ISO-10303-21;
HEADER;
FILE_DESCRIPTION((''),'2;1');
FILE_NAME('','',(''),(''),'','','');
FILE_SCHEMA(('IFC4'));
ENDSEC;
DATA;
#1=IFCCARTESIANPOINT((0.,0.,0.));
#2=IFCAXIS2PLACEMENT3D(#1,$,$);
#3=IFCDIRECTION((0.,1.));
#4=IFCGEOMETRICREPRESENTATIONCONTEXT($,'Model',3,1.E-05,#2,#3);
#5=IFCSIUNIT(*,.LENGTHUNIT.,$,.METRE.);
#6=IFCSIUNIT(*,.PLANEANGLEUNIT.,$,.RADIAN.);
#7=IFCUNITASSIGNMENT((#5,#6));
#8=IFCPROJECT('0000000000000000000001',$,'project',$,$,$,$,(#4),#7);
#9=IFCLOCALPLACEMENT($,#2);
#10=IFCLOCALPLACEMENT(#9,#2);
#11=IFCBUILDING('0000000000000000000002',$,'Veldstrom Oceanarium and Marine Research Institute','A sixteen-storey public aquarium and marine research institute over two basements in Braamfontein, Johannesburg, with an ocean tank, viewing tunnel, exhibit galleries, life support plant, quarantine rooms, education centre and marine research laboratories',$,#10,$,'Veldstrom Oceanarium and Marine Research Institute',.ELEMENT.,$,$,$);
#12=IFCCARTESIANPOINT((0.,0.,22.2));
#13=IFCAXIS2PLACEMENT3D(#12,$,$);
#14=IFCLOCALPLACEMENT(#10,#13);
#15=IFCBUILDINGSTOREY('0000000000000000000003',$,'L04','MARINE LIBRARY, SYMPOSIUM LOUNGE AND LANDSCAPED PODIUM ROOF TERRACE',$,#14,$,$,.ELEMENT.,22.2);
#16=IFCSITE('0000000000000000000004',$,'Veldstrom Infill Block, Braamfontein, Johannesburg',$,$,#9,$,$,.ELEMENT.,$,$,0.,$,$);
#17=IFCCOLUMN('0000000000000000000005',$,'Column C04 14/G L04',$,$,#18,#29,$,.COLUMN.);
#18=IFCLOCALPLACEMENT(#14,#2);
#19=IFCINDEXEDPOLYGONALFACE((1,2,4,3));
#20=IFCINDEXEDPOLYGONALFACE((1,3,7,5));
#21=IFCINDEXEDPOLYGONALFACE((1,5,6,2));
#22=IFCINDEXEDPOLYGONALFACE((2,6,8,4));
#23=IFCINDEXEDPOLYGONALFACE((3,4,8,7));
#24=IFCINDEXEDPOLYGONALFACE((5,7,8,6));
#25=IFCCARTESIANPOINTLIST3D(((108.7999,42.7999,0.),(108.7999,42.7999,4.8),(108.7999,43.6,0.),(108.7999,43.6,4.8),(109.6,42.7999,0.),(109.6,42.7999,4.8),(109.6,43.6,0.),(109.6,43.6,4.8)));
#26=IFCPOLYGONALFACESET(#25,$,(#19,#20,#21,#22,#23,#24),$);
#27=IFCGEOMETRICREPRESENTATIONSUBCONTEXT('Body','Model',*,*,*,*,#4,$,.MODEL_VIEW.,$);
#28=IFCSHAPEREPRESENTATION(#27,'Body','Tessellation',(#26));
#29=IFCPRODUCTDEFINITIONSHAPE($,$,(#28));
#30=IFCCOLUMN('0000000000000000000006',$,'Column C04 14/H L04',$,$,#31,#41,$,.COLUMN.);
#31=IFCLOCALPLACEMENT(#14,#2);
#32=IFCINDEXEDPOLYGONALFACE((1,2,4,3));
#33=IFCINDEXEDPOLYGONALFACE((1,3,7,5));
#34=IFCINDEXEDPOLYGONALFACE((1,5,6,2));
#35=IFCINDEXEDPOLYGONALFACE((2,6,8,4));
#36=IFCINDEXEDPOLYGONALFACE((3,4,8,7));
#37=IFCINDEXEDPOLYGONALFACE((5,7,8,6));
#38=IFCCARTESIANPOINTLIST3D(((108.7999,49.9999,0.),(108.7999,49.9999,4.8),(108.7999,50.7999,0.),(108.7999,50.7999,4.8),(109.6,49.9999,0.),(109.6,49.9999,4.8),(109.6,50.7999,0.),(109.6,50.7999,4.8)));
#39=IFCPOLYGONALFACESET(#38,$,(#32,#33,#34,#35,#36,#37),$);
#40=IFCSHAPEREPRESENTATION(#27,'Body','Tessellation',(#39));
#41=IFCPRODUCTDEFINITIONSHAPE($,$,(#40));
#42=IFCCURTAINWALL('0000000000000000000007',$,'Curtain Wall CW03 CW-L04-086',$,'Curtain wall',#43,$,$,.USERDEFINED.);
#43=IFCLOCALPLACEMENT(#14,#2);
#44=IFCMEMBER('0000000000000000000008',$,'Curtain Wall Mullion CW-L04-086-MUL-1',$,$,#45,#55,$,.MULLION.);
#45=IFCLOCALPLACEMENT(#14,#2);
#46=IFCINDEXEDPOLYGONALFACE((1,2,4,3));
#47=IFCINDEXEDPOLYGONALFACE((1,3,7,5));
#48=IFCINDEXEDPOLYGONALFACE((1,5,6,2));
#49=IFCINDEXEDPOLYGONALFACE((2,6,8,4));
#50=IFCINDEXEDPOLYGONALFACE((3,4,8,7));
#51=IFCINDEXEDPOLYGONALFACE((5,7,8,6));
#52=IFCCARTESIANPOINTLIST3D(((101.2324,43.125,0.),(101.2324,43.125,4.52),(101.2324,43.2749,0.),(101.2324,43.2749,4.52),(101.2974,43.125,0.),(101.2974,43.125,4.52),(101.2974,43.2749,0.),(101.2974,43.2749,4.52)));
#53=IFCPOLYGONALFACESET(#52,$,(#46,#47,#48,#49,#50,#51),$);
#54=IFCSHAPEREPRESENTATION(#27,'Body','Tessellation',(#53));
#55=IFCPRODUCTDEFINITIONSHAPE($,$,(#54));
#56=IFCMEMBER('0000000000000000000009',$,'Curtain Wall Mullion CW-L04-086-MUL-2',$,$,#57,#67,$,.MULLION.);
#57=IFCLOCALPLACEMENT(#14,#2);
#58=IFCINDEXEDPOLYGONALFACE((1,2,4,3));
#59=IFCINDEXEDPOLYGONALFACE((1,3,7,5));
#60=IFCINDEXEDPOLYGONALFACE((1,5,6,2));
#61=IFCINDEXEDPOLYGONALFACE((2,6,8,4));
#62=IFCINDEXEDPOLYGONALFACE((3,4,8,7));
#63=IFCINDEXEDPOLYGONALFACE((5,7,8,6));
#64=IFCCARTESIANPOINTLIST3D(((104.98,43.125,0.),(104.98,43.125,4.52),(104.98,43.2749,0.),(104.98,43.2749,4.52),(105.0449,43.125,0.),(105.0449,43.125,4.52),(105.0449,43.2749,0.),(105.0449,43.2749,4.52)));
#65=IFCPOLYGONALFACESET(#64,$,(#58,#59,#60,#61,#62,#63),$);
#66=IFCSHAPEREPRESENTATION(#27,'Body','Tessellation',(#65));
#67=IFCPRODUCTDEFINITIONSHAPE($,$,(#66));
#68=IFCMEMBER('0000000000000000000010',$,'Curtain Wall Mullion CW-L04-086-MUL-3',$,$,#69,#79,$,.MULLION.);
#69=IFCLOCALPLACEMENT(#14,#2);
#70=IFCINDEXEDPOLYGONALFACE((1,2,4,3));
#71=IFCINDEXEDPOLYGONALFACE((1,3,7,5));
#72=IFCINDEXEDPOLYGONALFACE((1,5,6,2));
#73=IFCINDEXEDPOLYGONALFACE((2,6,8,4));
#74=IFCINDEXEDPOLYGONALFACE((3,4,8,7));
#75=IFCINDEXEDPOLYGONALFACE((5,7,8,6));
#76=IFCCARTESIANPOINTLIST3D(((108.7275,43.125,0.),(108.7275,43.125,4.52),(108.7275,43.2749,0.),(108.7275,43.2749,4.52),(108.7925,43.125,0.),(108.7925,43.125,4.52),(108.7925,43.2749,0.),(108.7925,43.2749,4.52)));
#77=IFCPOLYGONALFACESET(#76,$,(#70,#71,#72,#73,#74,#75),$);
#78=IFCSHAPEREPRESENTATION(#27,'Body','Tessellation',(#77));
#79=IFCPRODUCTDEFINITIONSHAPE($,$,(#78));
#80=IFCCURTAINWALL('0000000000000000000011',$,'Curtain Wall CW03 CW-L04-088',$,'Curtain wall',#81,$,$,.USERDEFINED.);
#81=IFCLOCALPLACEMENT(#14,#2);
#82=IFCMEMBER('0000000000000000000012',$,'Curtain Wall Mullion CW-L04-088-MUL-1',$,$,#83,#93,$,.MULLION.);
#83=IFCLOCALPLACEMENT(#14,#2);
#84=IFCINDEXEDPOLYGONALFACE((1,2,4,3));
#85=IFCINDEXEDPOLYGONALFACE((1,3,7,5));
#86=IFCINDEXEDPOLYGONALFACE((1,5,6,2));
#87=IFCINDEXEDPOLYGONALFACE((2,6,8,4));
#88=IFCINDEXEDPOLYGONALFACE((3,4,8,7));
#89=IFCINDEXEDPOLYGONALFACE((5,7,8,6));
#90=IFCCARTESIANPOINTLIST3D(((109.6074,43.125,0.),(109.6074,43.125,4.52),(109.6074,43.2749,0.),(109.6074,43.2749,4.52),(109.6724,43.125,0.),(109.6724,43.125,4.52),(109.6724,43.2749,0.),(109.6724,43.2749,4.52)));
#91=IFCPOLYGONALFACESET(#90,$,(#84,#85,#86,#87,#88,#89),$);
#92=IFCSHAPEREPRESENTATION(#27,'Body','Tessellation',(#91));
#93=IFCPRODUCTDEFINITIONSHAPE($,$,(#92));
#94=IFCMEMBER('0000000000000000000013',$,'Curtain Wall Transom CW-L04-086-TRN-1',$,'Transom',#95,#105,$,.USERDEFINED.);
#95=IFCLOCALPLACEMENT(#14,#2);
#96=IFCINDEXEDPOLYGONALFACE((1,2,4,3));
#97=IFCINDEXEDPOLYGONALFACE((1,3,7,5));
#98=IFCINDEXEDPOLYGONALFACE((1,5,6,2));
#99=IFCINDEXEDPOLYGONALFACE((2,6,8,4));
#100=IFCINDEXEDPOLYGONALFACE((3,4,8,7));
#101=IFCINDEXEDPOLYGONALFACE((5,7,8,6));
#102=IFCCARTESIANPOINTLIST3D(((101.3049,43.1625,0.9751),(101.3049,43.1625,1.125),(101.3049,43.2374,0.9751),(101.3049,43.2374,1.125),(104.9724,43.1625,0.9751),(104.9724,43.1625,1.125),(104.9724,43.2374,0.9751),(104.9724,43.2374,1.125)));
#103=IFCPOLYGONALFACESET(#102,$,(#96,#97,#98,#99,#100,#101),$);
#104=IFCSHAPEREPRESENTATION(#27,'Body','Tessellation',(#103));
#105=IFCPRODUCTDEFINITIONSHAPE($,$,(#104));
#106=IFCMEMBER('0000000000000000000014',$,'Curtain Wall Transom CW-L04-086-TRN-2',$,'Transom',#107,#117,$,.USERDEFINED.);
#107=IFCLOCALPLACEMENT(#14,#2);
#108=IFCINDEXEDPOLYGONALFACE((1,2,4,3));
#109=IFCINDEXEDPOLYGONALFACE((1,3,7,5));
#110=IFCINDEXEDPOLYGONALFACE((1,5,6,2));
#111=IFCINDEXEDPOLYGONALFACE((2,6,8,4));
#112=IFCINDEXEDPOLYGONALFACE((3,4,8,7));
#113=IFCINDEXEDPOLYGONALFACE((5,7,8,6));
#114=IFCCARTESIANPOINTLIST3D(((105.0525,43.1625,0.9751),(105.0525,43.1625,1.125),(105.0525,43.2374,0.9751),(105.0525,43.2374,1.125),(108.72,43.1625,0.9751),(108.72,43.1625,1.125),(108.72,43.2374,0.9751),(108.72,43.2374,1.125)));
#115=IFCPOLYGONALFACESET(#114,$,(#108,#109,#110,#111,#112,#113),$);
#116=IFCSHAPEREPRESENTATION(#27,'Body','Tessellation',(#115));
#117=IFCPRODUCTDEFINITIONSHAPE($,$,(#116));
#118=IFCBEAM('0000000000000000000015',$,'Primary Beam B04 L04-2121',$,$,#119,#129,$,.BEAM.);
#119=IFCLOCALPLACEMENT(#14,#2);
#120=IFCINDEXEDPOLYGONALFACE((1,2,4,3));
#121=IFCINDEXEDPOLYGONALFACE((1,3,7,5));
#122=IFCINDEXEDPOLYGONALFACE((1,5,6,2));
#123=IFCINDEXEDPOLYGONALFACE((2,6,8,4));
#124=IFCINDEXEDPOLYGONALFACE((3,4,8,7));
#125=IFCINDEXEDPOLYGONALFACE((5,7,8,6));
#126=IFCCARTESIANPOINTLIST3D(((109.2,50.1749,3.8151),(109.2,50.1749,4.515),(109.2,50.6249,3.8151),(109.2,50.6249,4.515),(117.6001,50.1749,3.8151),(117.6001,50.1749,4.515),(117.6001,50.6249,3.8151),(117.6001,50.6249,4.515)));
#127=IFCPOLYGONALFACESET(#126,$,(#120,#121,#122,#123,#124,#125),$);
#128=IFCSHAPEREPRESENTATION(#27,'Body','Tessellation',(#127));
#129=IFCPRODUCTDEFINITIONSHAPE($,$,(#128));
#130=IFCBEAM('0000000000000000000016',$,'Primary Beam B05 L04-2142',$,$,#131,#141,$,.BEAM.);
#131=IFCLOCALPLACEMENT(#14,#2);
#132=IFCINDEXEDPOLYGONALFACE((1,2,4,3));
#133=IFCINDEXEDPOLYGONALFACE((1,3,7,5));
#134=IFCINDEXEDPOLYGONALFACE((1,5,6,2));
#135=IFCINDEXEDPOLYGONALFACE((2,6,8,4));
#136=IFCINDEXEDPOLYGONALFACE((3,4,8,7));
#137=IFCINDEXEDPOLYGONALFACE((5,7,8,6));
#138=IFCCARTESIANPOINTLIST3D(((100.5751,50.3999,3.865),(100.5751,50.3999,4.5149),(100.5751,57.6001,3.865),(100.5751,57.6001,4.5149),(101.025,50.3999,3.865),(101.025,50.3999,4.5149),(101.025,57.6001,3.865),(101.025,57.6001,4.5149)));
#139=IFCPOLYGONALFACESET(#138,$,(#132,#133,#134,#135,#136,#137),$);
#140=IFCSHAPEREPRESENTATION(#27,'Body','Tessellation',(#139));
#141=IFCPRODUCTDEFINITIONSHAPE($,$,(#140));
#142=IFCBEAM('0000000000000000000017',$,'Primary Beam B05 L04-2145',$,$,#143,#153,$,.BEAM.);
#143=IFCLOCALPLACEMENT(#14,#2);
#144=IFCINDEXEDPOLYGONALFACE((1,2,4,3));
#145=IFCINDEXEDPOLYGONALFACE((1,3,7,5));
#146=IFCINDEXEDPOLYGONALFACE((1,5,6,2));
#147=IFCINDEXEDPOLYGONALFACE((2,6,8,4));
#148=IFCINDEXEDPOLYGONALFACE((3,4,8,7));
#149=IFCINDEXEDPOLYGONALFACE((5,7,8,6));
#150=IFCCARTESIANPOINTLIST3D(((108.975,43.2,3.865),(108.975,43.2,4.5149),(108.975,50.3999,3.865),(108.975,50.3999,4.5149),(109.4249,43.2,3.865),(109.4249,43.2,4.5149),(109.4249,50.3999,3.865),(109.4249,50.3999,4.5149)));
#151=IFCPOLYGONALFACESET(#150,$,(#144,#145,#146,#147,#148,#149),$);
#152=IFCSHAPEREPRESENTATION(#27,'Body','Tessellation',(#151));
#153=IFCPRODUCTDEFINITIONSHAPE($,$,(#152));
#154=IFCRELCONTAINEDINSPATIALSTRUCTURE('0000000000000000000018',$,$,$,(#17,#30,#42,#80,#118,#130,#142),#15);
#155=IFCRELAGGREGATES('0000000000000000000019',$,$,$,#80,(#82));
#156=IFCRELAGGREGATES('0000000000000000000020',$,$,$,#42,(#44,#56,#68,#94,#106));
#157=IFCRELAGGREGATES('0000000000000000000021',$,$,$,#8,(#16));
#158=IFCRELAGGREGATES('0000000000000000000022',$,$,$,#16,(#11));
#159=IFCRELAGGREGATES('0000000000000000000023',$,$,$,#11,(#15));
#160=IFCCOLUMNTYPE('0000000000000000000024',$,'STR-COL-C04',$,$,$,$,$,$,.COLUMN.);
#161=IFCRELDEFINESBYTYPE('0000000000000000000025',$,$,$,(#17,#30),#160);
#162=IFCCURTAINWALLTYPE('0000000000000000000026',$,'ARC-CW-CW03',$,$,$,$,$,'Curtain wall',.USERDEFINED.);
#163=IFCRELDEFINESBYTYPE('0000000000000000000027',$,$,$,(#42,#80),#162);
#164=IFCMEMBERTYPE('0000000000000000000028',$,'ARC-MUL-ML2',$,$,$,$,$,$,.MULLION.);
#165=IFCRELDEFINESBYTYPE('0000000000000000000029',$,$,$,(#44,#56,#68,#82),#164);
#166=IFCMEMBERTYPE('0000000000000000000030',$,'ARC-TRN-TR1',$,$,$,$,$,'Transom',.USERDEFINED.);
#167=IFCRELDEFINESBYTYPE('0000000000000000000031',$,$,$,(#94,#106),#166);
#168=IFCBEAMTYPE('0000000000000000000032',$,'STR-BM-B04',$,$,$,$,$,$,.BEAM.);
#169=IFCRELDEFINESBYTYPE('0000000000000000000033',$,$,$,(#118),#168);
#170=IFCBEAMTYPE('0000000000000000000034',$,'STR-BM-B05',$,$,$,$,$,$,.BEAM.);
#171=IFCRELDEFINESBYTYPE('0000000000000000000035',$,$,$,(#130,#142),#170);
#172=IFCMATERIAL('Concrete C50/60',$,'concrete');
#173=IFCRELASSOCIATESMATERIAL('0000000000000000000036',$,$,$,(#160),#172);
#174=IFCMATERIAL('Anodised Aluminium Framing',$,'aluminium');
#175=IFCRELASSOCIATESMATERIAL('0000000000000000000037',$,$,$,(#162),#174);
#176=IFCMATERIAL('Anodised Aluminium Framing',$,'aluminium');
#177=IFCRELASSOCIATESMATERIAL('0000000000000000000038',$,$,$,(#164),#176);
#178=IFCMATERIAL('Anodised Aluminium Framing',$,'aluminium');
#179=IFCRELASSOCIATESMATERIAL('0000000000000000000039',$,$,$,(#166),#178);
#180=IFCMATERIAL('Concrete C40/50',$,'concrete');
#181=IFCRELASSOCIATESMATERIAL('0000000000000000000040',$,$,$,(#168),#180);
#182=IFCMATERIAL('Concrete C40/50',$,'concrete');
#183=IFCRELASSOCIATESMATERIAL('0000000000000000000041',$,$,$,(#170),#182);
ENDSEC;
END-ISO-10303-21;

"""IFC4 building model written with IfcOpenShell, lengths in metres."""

from ifc_helpers import new_model, si_unit, direction, frame, origin, origin_2d, place, context, subcontext, project, spatial, rectangle, extrude, material, material_profile, profile_set, type_object, element, aggregate, save


model = new_model("IFC4")

# Units and contexts
model_context = context("Model", 3, precision=1e-05, world=origin(), true_north=direction((0.0, 1.0)))
body_context = subcontext(model_context, "Body", "Model", "MODEL_VIEW")
ifc_project = project(units=[si_unit("LENGTHUNIT", "METRE"), si_unit("PLANEANGLEUNIT", "RADIAN")], contexts=[model_context])

# Site, building, storey
site_placement = place(None, origin())
site = spatial("IfcSite", under=ifc_project, at=site_placement, Name="Veldstrom Infill Block, Braamfontein, Johannesburg", CompositionType="ELEMENT", RefElevation=0.0)
building_placement = place(site_placement, origin())
building = spatial("IfcBuilding", under=site, at=building_placement, Name="Veldstrom Oceanarium and Marine Research Institute", Description="A sixteen-storey public aquarium and marine research institute over two basements in Braamfontein, Johannesburg, with an ocean tank, viewing tunnel, exhibit galleries, life support plant, quarantine rooms, education centre and marine research laboratories", LongName="Veldstrom Oceanarium and Marine Research Institute", CompositionType="ELEMENT")
storey_placement = place(building_placement, frame((0.0, 0.0, 22.2)))
storey = spatial("IfcBuildingStorey", under=building, at=storey_placement, Name="L04", Description="MARINE LIBRARY, SYMPOSIUM LOUNGE AND LANDSCAPED PODIUM ROOF TERRACE", CompositionType="ELEMENT", Elevation=22.2)

# Columns
ifc_material_1 = material(Name="Concrete C50/60", Category="concrete")
ifc_material_profile_1 = material_profile(ifc_material_1, rectangle(XDim=0.8, YDim=0.8, at=origin_2d()), Name="RC-COL-800x800")
ifc_profile_set_1 = profile_set([ifc_material_profile_1], Name="Concrete C50/60")
column_type = type_object("IfcColumnType", Name="STR-COL-C04", PredefinedType="COLUMN", material=ifc_profile_set_1)
for number, where, z_axis, x_axis, name in (
    (1, (109.2, 43.2, 0.0), (0.0, 0.0, 1.0), (1.0, 0.0, 0.0), "Column C04 14/G L04"),
    (2, (109.2, 50.3999, 0.0), (0.0, 0.0, 1.0), (1.0, 0.0, 0.0), "Column C04 14/H L04"),
):
    element("IfcColumn", number, at=place(storey_placement, frame(where, z_axis=z_axis, x_axis=x_axis)), inside=storey, type_object=column_type, Name=name, PredefinedType="COLUMN", context=body_context, shape_type="SweptSolid", body=[
        extrude(rectangle(XDim=0.8, YDim=0.8, at=origin_2d()), origin(), (0.0, 0.0, 1.0), 4.8),
    ])

# Curtain wall, members
ifc_material_2 = material(Name="Anodised Aluminium Framing", Category="aluminium")
curtain_wall_type = type_object("IfcCurtainWallType", Name="ARC-CW-CW03", ElementType="Curtain wall", PredefinedType="USERDEFINED", material=ifc_material_2)
curtain_wall_1_placement = place(storey_placement, origin())
curtain_wall_1 = element("IfcCurtainWall", 3, at=curtain_wall_1_placement, inside=storey, type_object=curtain_wall_type, Name="Curtain Wall CW03 CW-L04-086", ObjectType="Curtain wall", PredefinedType="USERDEFINED")
ifc_material_3 = material(Name="Anodised Aluminium Framing", Category="aluminium")
ifc_material_profile_2 = material_profile(ifc_material_3, rectangle(XDim=0.0649, YDim=0.1499, at=origin_2d()), Name="ALU-MUL-65x150")
ifc_profile_set_2 = profile_set([ifc_material_profile_2], Name="Anodised Aluminium Framing")
member_type_1 = type_object("IfcMemberType", Name="ARC-MUL-ML2", PredefinedType="MULLION", material=ifc_profile_set_2)
member_1_placement = place(storey_placement, frame((101.2649, 43.2, 0.0), z_axis=(0.0, 0.0, 1.0), x_axis=(1.0, 0.0, 0.0)))
member_1 = element("IfcMember", 4, at=member_1_placement, type_object=member_type_1, Name="Curtain Wall Mullion CW-L04-086-MUL-1", PredefinedType="MULLION", context=body_context, shape_type="SweptSolid", body=[
    extrude(rectangle(XDim=0.0649, YDim=0.1499, at=origin_2d()), origin(), (0.0, 0.0, 1.0), 4.52),
])
member_2_placement = place(storey_placement, frame((105.0125, 43.2, 0.0), z_axis=(0.0, 0.0, 1.0), x_axis=(1.0, 0.0, 0.0)))
member_2 = element("IfcMember", 5, at=member_2_placement, type_object=member_type_1, Name="Curtain Wall Mullion CW-L04-086-MUL-2", PredefinedType="MULLION", context=body_context, shape_type="SweptSolid", body=[
    extrude(rectangle(XDim=0.0649, YDim=0.1499, at=origin_2d()), origin(), (0.0, 0.0, 1.0), 4.52),
])
member_3_placement = place(storey_placement, frame((108.76, 43.2, 0.0), z_axis=(0.0, 0.0, 1.0), x_axis=(1.0, 0.0, 0.0)))
member_3 = element("IfcMember", 6, at=member_3_placement, type_object=member_type_1, Name="Curtain Wall Mullion CW-L04-086-MUL-3", PredefinedType="MULLION", context=body_context, shape_type="SweptSolid", body=[
    extrude(rectangle(XDim=0.0649, YDim=0.1499, at=origin_2d()), origin(), (0.0, 0.0, 1.0), 4.52),
])

# Curtain wall, member
curtain_wall_2_placement = place(storey_placement, origin())
curtain_wall_2 = element("IfcCurtainWall", 7, at=curtain_wall_2_placement, inside=storey, type_object=curtain_wall_type, Name="Curtain Wall CW03 CW-L04-088", ObjectType="Curtain wall", PredefinedType="USERDEFINED")
member_4_placement = place(storey_placement, frame((109.6399, 43.2, 0.0), z_axis=(0.0, 0.0, 1.0), x_axis=(1.0, 0.0, 0.0)))
member_4 = element("IfcMember", 8, at=member_4_placement, type_object=member_type_1, Name="Curtain Wall Mullion CW-L04-088-MUL-1", PredefinedType="MULLION", context=body_context, shape_type="SweptSolid", body=[
    extrude(rectangle(XDim=0.0649, YDim=0.1499, at=origin_2d()), origin(), (0.0, 0.0, 1.0), 4.52),
])
aggregate(curtain_wall_2, [member_4])

# Members
ifc_material_4 = material(Name="Anodised Aluminium Framing", Category="aluminium")
ifc_material_profile_3 = material_profile(ifc_material_4, rectangle(XDim=0.075, YDim=0.1499, at=origin_2d()), Name="ALU-TRN-75x150")
ifc_profile_set_3 = profile_set([ifc_material_profile_3], Name="Anodised Aluminium Framing")
member_type_2 = type_object("IfcMemberType", Name="ARC-TRN-TR1", ElementType="Transom", PredefinedType="USERDEFINED", material=ifc_profile_set_3)
member_5_placement = place(storey_placement, frame((101.3049, 43.2, 1.05), z_axis=(1.0, 0.0, 0.0), x_axis=(0.0, 1.0, 0.0)))
member_5 = element("IfcMember", 9, at=member_5_placement, type_object=member_type_2, Name="Curtain Wall Transom CW-L04-086-TRN-1", ObjectType="Transom", PredefinedType="USERDEFINED", context=body_context, shape_type="SweptSolid", body=[
    extrude(rectangle(XDim=0.075, YDim=0.1499, at=origin_2d()), origin(), (0.0, 0.0, 1.0), 3.6675),
])
member_6_placement = place(storey_placement, frame((105.0525, 43.2, 1.05), z_axis=(1.0, 0.0, 0.0), x_axis=(0.0, 1.0, 0.0)))
member_6 = element("IfcMember", 10, at=member_6_placement, type_object=member_type_2, Name="Curtain Wall Transom CW-L04-086-TRN-2", ObjectType="Transom", PredefinedType="USERDEFINED", context=body_context, shape_type="SweptSolid", body=[
    extrude(rectangle(XDim=0.075, YDim=0.1499, at=origin_2d()), origin(), (0.0, 0.0, 1.0), 3.6675),
])

# Beams
ifc_material_5 = material(Name="Concrete C40/50", Category="concrete")
ifc_material_profile_4 = material_profile(ifc_material_5, rectangle(XDim=0.45, YDim=0.7, at=origin_2d()), Name="RC-BM-450x700")
ifc_profile_set_4 = profile_set([ifc_material_profile_4], Name="Concrete C40/50")
beam_type_1 = type_object("IfcBeamType", Name="STR-BM-B04", PredefinedType="BEAM", material=ifc_profile_set_4)
beam_1_placement = place(storey_placement, frame((109.2, 50.3999, 4.165), z_axis=(1.0, 0.0, 0.0), x_axis=(0.0, 1.0, 0.0)))
element("IfcBeam", 11, at=beam_1_placement, inside=storey, type_object=beam_type_1, Name="Primary Beam B04 L04-2121", PredefinedType="BEAM", context=body_context, shape_type="SweptSolid", body=[
    extrude(rectangle(XDim=0.45, YDim=0.7, at=origin_2d()), origin(), (0.0, 0.0, 1.0), 8.4001),
])
ifc_material_6 = material(Name="Concrete C40/50", Category="concrete")
ifc_material_profile_5 = material_profile(ifc_material_6, rectangle(XDim=0.45, YDim=0.6499, at=origin_2d()), Name="RC-BM-450x650")
ifc_profile_set_5 = profile_set([ifc_material_profile_5], Name="Concrete C40/50")
beam_type_2 = type_object("IfcBeamType", Name="STR-BM-B05", PredefinedType="BEAM", material=ifc_profile_set_5)
beam_2_placement = place(storey_placement, frame((100.8, 50.3999, 4.1899), z_axis=(0.0, 1.0, 0.0), x_axis=(-1.0, 0.0, 0.0)))
element("IfcBeam", 12, at=beam_2_placement, inside=storey, type_object=beam_type_2, Name="Primary Beam B05 L04-2142", PredefinedType="BEAM", context=body_context, shape_type="SweptSolid", body=[
    extrude(rectangle(XDim=0.45, YDim=0.6499, at=origin_2d()), origin(), (0.0, 0.0, 1.0), 7.2002),
])
beam_3_placement = place(storey_placement, frame((109.2, 43.2, 4.1899), z_axis=(0.0, 1.0, 0.0), x_axis=(-1.0, 0.0, 0.0)))
element("IfcBeam", 13, at=beam_3_placement, inside=storey, type_object=beam_type_2, Name="Primary Beam B05 L04-2145", PredefinedType="BEAM", context=body_context, shape_type="SweptSolid", body=[
    extrude(rectangle(XDim=0.45, YDim=0.6499, at=origin_2d()), origin(), (0.0, 0.0, 1.0), 7.2),
])

aggregate(curtain_wall_1, [member_1, member_2, member_3, member_5, member_6])

save(model, "model.ifc")
